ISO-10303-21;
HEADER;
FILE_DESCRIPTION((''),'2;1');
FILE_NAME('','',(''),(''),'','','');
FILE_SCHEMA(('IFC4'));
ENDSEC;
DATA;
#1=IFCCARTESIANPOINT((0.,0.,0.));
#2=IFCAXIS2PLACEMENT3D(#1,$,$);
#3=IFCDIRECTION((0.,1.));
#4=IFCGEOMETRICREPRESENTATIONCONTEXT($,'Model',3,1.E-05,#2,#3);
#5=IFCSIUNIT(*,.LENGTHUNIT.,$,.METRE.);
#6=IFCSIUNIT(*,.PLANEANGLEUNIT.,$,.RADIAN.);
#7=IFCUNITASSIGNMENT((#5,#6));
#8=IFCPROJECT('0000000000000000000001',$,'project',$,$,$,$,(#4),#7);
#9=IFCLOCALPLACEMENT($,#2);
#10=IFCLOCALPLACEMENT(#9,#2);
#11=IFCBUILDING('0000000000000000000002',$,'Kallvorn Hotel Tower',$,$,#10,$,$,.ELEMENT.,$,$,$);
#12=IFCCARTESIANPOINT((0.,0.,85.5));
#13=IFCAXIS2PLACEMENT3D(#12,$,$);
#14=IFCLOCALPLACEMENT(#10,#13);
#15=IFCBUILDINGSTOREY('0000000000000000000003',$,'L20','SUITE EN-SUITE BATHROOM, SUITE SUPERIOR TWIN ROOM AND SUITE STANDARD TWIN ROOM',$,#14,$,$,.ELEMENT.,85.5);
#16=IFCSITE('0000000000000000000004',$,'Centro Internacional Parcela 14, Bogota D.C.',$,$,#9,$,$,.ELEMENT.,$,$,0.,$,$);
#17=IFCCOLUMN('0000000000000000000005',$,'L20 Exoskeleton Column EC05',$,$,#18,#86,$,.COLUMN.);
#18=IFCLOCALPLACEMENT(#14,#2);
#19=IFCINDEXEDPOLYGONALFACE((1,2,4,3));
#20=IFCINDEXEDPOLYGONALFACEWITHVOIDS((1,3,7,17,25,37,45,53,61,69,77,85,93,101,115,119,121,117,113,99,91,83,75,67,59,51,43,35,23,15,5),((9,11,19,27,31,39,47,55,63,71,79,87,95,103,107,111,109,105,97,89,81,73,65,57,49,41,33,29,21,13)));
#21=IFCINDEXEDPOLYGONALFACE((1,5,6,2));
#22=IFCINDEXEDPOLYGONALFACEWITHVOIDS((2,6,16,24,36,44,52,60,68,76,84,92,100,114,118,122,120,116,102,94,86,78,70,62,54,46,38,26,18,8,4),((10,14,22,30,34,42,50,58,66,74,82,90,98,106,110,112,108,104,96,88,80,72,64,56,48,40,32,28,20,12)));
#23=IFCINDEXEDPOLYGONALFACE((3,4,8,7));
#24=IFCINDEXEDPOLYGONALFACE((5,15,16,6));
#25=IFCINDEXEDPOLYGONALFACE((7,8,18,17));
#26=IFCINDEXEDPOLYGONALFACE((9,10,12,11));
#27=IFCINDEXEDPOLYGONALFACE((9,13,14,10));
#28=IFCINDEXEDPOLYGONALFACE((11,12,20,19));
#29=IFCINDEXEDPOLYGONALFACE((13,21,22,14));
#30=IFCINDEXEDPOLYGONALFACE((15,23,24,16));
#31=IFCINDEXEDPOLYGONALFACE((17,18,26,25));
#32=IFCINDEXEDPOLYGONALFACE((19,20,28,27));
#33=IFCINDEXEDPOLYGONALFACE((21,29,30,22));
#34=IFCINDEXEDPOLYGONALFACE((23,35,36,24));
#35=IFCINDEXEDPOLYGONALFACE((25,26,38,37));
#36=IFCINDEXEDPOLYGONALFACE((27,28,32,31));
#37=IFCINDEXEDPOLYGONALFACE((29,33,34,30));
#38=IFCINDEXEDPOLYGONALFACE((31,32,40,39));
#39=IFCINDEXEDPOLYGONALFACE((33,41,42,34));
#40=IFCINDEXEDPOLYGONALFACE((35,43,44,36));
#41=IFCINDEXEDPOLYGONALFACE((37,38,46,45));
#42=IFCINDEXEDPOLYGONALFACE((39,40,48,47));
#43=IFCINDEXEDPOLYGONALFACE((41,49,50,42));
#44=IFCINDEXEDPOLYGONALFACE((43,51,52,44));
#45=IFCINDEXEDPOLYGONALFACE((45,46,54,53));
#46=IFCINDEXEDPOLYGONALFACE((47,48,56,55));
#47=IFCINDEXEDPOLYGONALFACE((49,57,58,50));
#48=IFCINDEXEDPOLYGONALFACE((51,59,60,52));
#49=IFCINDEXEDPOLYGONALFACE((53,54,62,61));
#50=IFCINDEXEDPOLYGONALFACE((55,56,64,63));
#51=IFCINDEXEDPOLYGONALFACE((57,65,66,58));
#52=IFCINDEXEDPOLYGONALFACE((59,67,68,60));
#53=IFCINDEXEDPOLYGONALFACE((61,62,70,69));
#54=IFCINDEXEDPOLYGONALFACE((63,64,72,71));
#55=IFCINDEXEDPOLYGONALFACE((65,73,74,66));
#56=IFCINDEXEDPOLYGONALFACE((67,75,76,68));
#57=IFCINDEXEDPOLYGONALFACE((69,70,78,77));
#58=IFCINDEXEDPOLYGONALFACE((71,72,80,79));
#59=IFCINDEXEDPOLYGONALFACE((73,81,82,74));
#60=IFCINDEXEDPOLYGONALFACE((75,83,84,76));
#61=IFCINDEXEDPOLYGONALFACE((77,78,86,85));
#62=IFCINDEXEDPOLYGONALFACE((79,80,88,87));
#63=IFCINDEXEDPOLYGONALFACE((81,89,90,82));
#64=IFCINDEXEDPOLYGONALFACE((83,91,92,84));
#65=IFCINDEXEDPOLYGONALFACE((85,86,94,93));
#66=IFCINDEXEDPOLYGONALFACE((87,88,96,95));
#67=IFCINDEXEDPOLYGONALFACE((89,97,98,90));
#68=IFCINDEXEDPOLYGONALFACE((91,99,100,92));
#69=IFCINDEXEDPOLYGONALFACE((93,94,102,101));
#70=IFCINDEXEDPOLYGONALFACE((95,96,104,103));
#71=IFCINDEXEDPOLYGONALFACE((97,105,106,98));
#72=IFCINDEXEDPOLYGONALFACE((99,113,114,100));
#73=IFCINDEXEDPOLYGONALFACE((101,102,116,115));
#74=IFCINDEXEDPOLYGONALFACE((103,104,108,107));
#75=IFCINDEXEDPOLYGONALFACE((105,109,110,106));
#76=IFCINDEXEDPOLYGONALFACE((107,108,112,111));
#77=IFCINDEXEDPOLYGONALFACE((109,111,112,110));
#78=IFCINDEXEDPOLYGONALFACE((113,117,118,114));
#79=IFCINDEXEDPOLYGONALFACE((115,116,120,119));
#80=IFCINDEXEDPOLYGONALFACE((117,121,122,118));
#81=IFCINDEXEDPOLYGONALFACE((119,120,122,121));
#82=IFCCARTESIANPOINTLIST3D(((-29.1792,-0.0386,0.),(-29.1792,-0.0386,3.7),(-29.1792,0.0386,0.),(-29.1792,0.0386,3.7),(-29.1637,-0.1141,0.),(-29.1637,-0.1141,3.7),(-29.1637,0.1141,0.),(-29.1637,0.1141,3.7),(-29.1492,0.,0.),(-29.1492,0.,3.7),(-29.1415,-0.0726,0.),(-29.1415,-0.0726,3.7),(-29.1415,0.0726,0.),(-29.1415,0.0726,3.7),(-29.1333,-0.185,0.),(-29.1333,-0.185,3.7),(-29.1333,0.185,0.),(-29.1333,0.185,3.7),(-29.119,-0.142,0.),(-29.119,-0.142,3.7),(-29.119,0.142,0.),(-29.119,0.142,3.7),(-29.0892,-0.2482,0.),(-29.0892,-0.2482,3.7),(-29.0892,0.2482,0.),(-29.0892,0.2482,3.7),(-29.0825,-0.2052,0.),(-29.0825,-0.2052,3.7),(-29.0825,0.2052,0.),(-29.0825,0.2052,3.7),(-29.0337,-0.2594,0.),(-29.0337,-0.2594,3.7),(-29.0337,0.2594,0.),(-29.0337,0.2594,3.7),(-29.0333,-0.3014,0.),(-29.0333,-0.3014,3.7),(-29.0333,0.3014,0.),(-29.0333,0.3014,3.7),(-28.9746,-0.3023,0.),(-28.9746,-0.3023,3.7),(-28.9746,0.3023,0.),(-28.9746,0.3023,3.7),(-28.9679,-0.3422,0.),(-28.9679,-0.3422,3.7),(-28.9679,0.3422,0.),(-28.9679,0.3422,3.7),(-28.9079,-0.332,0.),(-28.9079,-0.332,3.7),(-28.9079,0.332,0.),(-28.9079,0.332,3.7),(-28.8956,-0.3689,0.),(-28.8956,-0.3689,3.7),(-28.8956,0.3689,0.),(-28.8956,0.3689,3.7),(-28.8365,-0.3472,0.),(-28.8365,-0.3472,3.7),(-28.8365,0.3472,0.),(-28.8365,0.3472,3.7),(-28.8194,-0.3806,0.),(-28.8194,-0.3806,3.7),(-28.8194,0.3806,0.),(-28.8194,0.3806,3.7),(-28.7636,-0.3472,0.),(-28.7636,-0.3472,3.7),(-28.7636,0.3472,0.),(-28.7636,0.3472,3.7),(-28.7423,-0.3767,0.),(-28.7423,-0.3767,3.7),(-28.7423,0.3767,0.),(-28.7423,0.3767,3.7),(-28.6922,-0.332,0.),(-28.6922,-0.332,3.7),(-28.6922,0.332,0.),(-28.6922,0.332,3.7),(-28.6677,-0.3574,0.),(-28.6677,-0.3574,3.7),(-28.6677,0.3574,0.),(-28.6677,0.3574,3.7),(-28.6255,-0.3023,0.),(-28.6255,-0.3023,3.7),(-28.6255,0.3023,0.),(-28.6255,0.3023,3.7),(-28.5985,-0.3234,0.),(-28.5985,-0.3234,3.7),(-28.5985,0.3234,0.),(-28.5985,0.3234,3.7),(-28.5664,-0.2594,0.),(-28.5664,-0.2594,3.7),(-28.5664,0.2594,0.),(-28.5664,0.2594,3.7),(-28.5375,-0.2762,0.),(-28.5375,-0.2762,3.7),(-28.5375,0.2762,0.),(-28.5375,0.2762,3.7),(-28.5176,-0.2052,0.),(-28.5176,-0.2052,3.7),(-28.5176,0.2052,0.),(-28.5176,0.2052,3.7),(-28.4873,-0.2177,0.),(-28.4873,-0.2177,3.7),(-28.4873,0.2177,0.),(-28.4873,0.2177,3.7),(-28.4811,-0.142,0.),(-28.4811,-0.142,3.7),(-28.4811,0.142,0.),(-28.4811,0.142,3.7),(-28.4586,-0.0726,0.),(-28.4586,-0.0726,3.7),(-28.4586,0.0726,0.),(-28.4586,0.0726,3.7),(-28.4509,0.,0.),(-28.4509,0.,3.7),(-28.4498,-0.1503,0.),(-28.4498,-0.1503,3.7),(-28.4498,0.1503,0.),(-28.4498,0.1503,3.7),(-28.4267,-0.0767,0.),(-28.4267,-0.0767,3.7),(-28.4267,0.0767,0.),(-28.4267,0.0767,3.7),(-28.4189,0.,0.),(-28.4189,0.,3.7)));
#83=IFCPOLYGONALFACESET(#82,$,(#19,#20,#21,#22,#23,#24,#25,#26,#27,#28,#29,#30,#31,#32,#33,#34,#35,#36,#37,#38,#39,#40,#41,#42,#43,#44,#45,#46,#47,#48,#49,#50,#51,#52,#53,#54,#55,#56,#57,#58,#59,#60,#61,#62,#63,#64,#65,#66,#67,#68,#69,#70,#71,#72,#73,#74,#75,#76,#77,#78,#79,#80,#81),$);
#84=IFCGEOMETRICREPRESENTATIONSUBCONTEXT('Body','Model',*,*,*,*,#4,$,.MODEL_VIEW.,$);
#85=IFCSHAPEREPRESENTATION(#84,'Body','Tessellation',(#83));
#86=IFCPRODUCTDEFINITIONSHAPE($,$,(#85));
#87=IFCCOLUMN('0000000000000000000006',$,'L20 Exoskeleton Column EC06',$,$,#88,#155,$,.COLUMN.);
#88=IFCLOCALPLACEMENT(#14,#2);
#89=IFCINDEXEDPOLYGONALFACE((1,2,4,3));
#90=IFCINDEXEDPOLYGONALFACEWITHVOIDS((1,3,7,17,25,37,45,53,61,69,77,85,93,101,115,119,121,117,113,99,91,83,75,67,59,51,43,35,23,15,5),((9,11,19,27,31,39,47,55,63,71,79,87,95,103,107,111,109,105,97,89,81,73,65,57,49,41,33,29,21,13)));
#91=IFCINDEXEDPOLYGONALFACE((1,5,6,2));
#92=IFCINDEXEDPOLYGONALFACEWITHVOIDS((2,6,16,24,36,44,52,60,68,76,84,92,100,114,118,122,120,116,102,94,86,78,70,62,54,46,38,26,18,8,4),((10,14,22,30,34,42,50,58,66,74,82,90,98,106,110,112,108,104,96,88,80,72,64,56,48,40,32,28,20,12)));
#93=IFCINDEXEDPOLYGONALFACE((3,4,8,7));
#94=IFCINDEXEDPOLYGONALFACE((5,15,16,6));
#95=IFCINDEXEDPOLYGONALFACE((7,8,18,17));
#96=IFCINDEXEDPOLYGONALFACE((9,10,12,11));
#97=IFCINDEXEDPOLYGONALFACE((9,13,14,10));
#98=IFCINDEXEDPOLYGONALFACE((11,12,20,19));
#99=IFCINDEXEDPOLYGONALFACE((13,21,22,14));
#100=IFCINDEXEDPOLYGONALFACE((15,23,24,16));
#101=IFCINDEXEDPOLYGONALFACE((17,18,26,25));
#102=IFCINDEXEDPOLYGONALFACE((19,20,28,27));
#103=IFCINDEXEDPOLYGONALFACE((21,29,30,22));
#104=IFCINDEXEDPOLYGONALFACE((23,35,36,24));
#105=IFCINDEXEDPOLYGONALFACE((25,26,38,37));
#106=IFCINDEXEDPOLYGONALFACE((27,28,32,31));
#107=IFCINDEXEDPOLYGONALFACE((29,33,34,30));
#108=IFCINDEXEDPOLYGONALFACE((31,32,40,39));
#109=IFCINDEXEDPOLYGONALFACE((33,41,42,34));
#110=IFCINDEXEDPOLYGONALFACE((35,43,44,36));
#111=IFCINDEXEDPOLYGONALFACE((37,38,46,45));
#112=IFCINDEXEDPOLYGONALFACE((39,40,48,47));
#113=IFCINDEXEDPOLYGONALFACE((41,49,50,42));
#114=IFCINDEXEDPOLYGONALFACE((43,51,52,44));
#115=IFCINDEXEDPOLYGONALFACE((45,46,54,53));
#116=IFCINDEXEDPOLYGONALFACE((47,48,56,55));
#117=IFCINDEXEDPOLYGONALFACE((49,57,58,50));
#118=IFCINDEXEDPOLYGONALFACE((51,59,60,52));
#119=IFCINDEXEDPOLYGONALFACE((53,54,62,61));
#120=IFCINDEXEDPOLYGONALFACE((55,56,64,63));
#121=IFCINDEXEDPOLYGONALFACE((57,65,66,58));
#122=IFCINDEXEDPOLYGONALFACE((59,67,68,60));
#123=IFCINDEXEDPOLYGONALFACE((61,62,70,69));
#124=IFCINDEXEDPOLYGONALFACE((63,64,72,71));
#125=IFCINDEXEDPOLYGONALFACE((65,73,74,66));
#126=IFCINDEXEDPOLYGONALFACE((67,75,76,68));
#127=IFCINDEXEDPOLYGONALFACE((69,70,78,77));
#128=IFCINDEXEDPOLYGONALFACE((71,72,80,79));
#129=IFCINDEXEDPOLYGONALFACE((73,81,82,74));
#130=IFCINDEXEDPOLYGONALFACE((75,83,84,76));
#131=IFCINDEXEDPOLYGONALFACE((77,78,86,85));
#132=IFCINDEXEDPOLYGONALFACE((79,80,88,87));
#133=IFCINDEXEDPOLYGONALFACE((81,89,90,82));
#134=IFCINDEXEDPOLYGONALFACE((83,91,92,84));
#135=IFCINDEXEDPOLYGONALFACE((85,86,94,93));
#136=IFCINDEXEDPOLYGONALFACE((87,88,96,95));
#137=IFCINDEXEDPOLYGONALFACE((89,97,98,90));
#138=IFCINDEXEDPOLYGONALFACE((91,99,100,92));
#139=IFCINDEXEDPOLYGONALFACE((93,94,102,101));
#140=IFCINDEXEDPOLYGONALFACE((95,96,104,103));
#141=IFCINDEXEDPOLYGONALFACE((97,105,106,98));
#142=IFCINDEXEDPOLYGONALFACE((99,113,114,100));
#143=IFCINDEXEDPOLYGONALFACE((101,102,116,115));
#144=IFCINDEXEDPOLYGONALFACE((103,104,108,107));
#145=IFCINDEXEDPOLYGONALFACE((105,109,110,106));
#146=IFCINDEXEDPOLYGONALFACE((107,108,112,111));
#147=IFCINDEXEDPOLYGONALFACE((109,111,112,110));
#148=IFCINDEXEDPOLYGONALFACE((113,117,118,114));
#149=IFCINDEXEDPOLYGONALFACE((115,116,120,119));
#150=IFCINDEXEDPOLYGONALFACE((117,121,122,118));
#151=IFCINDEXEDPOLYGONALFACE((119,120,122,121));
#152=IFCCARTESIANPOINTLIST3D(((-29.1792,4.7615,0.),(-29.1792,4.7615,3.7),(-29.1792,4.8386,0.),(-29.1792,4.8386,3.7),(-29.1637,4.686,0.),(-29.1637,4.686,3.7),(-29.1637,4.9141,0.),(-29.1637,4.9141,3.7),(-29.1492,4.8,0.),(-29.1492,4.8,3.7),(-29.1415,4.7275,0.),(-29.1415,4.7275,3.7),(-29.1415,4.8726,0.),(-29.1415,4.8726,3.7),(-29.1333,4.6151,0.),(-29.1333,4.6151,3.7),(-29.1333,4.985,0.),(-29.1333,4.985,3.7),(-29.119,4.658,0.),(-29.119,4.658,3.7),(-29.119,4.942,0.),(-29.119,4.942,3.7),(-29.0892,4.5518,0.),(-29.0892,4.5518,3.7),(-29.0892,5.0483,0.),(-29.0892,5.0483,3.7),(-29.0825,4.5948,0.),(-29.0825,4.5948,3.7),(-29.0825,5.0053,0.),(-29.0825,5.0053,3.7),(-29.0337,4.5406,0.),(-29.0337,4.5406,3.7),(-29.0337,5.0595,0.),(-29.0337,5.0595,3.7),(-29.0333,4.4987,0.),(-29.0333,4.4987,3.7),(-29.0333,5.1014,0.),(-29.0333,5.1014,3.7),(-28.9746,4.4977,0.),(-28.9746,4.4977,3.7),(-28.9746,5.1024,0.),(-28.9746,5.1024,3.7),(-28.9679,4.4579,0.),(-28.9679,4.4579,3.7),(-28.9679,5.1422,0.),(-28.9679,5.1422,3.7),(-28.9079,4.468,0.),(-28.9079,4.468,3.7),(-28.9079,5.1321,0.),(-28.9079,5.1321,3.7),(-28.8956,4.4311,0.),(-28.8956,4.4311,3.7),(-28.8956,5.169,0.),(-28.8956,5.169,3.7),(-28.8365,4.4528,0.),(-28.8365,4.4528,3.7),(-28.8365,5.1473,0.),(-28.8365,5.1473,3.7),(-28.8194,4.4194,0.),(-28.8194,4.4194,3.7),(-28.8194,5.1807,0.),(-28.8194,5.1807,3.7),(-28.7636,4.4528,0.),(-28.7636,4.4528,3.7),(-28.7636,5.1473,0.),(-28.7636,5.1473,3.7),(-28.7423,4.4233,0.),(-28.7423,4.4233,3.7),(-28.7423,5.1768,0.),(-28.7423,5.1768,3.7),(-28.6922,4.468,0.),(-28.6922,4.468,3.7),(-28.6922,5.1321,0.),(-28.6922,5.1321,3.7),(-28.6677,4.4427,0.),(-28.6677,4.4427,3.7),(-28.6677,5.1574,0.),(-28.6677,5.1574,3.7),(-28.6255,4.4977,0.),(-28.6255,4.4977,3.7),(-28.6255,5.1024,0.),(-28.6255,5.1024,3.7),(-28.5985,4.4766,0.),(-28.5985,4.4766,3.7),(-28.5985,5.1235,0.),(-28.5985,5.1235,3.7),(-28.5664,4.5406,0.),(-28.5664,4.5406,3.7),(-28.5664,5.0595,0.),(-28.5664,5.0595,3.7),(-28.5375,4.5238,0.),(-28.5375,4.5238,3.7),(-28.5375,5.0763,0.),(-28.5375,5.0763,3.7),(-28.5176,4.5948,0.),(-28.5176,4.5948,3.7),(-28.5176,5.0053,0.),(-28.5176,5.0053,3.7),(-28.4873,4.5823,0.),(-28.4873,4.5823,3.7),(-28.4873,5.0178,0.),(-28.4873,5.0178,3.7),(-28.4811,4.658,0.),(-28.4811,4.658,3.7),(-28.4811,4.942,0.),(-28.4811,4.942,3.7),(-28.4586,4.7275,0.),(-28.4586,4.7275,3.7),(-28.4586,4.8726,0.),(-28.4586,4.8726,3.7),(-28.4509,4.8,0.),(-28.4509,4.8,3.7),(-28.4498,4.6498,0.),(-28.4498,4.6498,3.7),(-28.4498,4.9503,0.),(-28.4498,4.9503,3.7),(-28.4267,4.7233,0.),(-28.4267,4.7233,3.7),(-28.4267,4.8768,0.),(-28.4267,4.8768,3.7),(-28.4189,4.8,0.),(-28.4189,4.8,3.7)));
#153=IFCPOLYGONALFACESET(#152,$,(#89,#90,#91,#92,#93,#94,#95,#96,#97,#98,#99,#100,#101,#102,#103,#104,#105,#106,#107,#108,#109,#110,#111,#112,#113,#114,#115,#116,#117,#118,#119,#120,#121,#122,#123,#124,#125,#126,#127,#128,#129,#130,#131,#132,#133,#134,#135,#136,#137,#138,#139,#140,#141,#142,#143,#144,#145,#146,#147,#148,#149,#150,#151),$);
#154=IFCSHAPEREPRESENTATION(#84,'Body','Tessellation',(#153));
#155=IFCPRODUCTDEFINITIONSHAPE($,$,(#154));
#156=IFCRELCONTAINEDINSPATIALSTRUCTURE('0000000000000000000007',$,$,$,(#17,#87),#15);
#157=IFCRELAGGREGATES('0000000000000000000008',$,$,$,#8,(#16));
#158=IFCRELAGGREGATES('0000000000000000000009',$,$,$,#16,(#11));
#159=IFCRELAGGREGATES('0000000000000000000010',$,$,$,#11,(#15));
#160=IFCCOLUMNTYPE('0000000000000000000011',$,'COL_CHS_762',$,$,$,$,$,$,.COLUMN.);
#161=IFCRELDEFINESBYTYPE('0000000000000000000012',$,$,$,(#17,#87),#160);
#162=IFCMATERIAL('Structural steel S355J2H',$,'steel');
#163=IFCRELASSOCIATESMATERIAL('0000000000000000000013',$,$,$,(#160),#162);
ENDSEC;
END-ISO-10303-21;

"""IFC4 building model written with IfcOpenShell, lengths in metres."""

from ifc_helpers import new_model, si_unit, direction, frame, origin, origin_2d, place, context, subcontext, project, spatial, hollow_circle, extrude, material, material_profile, profile_set, type_object, element, save


model = new_model("IFC4")

# Units and contexts
model_context = context("Model", 3, precision=1e-05, world=origin(), true_north=direction((0.0, 1.0)))
body_context = subcontext(model_context, "Body", "Model", "MODEL_VIEW")
ifc_project = project(units=[si_unit("LENGTHUNIT", "METRE"), si_unit("PLANEANGLEUNIT", "RADIAN")], contexts=[model_context])

# Site, building, storey
site_placement = place(None, origin())
site = spatial("IfcSite", under=ifc_project, at=site_placement, Name="Centro Internacional Parcela 14, Bogota D.C.", CompositionType="ELEMENT", RefElevation=0.0)
building_placement = place(site_placement, origin())
building = spatial("IfcBuilding", under=site, at=building_placement, Name="Kallvorn Hotel Tower", CompositionType="ELEMENT")
storey_placement = place(building_placement, frame((0.0, 0.0, 85.5)))
storey = spatial("IfcBuildingStorey", under=building, at=storey_placement, Name="L20", Description="SUITE EN-SUITE BATHROOM, SUITE SUPERIOR TWIN ROOM AND SUITE STANDARD TWIN ROOM", CompositionType="ELEMENT", Elevation=85.5)

# Columns
ifc_material_1 = material(Name="Structural steel S355J2H", Category="steel")
ifc_material_profile_1 = material_profile(ifc_material_1, hollow_circle(Radius=0.3811, WallThickness=0.032, at=origin_2d()), Name="CHS 762x32")
ifc_profile_set_1 = profile_set([ifc_material_profile_1], Name="Structural steel S355J2H")
column_type = type_object("IfcColumnType", Name="COL_CHS_762", PredefinedType="COLUMN", material=ifc_profile_set_1)
for number, where, z_axis, x_axis, name in (
    (1, (-28.8, 0.0, 0.0), (0.0, 0.0, 1.0), (1.0, 0.0, 0.0), "L20 Exoskeleton Column EC05"),
    (2, (-28.8, 4.8, 0.0), (0.0, 0.0, 1.0), (1.0, 0.0, 0.0), "L20 Exoskeleton Column EC06"),
):
    element("IfcColumn", number, at=place(storey_placement, frame(where, z_axis=z_axis, x_axis=x_axis)), inside=storey, type_object=column_type, Name=name, PredefinedType="COLUMN", context=body_context, shape_type="SweptSolid", body=[
        extrude(hollow_circle(Radius=0.3811, WallThickness=0.032, at=origin_2d()), origin(), (0.0, 0.0, 1.0), 3.7),
    ])

save(model, "model.ifc")
